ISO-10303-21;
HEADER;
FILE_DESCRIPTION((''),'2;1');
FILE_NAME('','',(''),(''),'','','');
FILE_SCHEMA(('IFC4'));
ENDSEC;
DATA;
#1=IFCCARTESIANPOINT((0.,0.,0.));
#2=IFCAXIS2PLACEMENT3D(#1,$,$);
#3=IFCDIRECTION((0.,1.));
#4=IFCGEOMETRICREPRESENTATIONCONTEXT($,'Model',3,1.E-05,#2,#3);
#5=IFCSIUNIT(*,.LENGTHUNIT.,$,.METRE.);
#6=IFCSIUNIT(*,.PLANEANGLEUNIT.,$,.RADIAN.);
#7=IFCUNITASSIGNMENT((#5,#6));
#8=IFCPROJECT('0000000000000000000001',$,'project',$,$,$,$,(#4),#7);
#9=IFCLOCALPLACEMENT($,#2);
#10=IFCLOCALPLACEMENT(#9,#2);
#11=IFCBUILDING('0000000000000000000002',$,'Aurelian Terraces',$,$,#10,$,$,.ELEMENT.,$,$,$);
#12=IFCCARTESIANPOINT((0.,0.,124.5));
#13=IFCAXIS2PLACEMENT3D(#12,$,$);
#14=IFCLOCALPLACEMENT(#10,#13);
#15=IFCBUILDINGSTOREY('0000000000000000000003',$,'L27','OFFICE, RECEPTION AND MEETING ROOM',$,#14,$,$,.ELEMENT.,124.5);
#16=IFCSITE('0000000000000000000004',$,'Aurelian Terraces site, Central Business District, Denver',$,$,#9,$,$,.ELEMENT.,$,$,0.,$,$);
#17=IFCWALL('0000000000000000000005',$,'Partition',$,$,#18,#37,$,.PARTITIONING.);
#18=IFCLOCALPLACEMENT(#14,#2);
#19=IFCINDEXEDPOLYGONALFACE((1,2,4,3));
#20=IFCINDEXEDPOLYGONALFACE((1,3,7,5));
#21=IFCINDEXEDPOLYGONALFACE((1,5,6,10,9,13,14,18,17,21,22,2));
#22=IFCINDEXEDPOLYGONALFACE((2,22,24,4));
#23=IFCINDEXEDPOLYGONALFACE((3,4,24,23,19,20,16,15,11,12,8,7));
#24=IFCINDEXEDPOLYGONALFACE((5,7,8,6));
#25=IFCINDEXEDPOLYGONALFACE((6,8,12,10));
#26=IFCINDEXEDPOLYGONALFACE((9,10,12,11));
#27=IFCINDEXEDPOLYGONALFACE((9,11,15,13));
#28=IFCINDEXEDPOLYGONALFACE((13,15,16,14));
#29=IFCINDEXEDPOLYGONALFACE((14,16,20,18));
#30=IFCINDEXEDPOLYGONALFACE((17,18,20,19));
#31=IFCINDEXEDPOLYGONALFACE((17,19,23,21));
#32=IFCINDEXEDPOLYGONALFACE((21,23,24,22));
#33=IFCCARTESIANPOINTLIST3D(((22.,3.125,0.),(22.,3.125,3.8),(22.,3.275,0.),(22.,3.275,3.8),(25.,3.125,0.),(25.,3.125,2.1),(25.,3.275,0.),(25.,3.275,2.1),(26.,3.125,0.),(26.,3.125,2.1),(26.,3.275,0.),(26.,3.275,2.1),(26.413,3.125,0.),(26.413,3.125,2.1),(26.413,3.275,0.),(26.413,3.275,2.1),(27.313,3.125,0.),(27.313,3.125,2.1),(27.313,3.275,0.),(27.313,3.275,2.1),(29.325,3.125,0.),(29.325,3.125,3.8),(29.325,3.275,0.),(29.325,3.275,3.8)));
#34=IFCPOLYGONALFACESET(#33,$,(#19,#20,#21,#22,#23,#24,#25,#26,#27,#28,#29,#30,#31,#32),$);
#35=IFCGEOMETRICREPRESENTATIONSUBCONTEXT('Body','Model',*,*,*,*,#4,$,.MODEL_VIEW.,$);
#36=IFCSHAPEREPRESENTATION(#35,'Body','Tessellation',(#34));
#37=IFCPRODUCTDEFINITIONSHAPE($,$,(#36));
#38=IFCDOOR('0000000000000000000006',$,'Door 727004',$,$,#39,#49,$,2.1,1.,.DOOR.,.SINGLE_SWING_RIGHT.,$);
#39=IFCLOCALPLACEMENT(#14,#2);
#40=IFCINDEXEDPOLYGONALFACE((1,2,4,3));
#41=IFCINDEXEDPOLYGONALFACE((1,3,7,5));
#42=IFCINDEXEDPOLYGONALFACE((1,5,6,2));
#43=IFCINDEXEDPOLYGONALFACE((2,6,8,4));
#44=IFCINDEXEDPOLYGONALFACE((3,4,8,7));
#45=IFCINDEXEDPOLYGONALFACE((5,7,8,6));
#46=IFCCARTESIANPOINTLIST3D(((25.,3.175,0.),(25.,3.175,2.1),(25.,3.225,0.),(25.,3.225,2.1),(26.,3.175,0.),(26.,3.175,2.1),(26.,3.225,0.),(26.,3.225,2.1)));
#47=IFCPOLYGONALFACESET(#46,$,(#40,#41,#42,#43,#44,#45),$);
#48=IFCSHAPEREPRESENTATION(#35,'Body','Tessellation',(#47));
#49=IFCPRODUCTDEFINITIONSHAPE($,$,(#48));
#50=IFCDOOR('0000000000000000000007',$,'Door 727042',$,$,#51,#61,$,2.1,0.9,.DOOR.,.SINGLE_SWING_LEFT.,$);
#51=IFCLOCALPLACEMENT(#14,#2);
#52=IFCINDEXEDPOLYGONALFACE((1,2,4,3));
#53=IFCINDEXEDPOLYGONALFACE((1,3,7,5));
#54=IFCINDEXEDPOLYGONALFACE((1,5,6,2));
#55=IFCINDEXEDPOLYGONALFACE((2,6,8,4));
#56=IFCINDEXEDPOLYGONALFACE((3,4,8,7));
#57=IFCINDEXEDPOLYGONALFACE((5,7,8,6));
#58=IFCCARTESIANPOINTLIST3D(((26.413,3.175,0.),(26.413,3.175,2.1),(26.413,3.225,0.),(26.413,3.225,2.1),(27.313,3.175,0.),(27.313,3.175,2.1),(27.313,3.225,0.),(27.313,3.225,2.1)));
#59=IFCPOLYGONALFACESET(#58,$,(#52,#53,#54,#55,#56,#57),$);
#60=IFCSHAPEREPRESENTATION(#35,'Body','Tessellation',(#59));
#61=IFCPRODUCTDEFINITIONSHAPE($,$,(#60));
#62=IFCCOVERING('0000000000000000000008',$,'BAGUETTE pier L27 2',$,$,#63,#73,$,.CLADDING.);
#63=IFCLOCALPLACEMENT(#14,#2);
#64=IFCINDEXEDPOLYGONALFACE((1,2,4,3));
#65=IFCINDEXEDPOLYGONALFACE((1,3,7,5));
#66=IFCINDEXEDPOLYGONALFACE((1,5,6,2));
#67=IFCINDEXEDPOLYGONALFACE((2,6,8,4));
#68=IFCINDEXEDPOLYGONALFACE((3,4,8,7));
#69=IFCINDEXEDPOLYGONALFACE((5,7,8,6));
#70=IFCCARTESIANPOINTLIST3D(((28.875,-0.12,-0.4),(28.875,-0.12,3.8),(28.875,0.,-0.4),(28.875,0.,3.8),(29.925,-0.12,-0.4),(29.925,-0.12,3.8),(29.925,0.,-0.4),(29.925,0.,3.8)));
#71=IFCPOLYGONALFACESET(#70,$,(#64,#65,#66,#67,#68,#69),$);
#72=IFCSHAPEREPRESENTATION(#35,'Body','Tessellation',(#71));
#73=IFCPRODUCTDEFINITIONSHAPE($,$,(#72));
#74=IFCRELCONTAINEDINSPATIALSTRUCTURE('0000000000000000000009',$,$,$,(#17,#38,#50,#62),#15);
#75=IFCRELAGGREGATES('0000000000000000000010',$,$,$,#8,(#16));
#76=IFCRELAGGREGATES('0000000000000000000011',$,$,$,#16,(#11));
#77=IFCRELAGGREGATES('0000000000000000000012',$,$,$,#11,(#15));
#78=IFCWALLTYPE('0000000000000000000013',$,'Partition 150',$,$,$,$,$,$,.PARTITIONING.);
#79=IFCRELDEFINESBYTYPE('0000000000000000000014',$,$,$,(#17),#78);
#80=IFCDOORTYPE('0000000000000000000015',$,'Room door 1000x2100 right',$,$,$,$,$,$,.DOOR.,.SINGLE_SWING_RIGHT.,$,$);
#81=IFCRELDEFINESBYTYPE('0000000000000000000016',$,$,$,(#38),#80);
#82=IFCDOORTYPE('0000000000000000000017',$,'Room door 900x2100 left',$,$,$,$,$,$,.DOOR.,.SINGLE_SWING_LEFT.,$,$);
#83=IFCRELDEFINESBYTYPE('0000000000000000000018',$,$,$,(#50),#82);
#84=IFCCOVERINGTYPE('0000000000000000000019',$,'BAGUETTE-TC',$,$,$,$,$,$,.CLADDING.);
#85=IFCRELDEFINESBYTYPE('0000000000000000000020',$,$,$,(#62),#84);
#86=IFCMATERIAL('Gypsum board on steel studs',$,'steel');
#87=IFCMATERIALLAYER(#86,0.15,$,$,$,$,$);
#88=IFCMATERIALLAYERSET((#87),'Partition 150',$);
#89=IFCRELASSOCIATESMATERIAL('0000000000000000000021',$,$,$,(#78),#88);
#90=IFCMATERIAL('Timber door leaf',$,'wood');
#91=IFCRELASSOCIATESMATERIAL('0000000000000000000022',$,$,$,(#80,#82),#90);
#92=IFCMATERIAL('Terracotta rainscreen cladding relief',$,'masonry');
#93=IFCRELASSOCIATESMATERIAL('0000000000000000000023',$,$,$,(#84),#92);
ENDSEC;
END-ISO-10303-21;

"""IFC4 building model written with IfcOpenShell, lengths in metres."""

from ifc_helpers import new_model, si_unit, direction, frame, frame_2d, origin, origin_2d, place, context, subcontext, project, spatial, rectangle, extrude, source, transform, mapped, material, layer, layer_set, type_object, element, fill, save


model = new_model("IFC4")

# Units and contexts
model_context = context("Model", 3, precision=1e-05, world=origin(), true_north=direction((0.0, 1.0)))
body_context = subcontext(model_context, "Body", "Model", "MODEL_VIEW")
ifc_project = project(units=[si_unit("LENGTHUNIT", "METRE"), si_unit("PLANEANGLEUNIT", "RADIAN")], contexts=[model_context])

# Site, building, storey
site_placement = place(None, origin())
site = spatial("IfcSite", under=ifc_project, at=site_placement, Name="Aurelian Terraces site, Central Business District, Denver", CompositionType="ELEMENT", RefElevation=0.0)
building_placement = place(site_placement, origin())
building = spatial("IfcBuilding", under=site, at=building_placement, Name="Aurelian Terraces", CompositionType="ELEMENT")
storey_placement = place(building_placement, frame((0.0, 0.0, 124.5)))
storey = spatial("IfcBuildingStorey", under=building, at=storey_placement, Name="L27", Description="OFFICE, RECEPTION AND MEETING ROOM", CompositionType="ELEMENT", Elevation=124.5)

# Shared definitions
ifc_material_1 = material(Name="Gypsum board on steel studs", Category="steel")
ifc_layer_1 = layer(ifc_material_1, 0.15)
ifc_layer_set_1 = layer_set([ifc_layer_1], Name="Partition 150")
wall_type_1 = type_object("IfcWallType", Name="Partition 150", PredefinedType="PARTITIONING", material=ifc_layer_set_1)

# Wall, openings, doors
shared_shape_1 = source(origin(), body_context, "Body", "SweptSolid", [
    extrude(rectangle(XDim=7.325, YDim=0.15, at=frame_2d((3.6625, 0.0))), origin(), (0.0, 0.0, 1.0), 3.8),
])
wall_1_placement = place(storey_placement, frame((22.0, 3.2, 0.0), z_axis=(0.0, 0.0, 1.0), x_axis=(1.0, 0.0, 0.0)))
wall_1 = element("IfcWall", 1, at=wall_1_placement, inside=storey, type_object=wall_type_1, Name="Partition", PredefinedType="PARTITIONING", context=body_context, shape_type="MappedRepresentation", body=[
    mapped(shared_shape_1, transform((0.0, 0.0, 0.0), scale=1.0)),
])
shared_shape_2 = source(origin(), body_context, "Body", "SweptSolid", [
    extrude(rectangle(XDim=1.0, YDim=2.1, at=frame_2d((0.5, 1.05))), frame((0.0, 0.085, 0.0), z_axis=(0.0, -1.0, 0.0), x_axis=(1.0, 0.0, 0.0)), (0.0, 0.0, 1.0), 0.17),
])
opening_1_placement = place(wall_1_placement, frame((3.0, 0.0, 0.0)))
opening_1 = element("IfcOpeningElement", 2, at=opening_1_placement, cuts=wall_1, PredefinedType="OPENING", context=body_context, shape_type="MappedRepresentation", body=[
    mapped(shared_shape_2, transform((0.0, 0.0, 0.0), scale=1.0)),
])
shared_shape_3 = source(origin(), body_context, "Body", "SweptSolid", [
    extrude(rectangle(XDim=0.9, YDim=2.1, at=frame_2d((0.45, 1.05))), frame((0.0, 0.085, 0.0), z_axis=(0.0, -1.0, 0.0), x_axis=(1.0, 0.0, 0.0)), (0.0, 0.0, 1.0), 0.17),
])
opening_2_placement = place(wall_1_placement, frame((4.413, 0.0, 0.0)))
opening_2 = element("IfcOpeningElement", 3, at=opening_2_placement, cuts=wall_1, PredefinedType="OPENING", context=body_context, shape_type="MappedRepresentation", body=[
    mapped(shared_shape_3, transform((0.0, 0.0, 0.0), scale=1.0)),
])
ifc_material_2 = material(Name="Timber door leaf", Category="wood")
door_type_1 = type_object("IfcDoorType", Name="Room door 1000x2100 right", OperationType="SINGLE_SWING_RIGHT", PredefinedType="DOOR", material=ifc_material_2)
shared_shape_4 = source(origin(), body_context, "Body", "SweptSolid", [
    extrude(rectangle(XDim=1.0, YDim=2.1, at=frame_2d((0.5, 1.05))), frame((0.0, 0.025, 0.0), z_axis=(0.0, -1.0, 0.0), x_axis=(1.0, 0.0, 0.0)), (0.0, 0.0, 1.0), 0.05),
])
door_1_placement = place(opening_1_placement, origin())
door_1 = element("IfcDoor", 4, at=door_1_placement, inside=storey, type_object=door_type_1, Name="Door 727004", OperationType="SINGLE_SWING_RIGHT", OverallHeight=2.1, OverallWidth=1.0, PredefinedType="DOOR", context=body_context, shape_type="MappedRepresentation", body=[
    mapped(shared_shape_4, transform((0.0, 0.0, 0.0), scale=1.0)),
])
fill(opening_1, door_1)
door_type_2 = type_object("IfcDoorType", Name="Room door 900x2100 left", OperationType="SINGLE_SWING_LEFT", PredefinedType="DOOR", material=ifc_material_2)
shared_shape_5 = source(origin(), body_context, "Body", "SweptSolid", [
    extrude(rectangle(XDim=0.9, YDim=2.1, at=frame_2d((0.45, 1.05))), frame((0.0, 0.025, 0.0), z_axis=(0.0, -1.0, 0.0), x_axis=(1.0, 0.0, 0.0)), (0.0, 0.0, 1.0), 0.05),
])
door_2_placement = place(opening_2_placement, origin())
door_2 = element("IfcDoor", 5, at=door_2_placement, inside=storey, type_object=door_type_2, Name="Door 727042", OperationType="SINGLE_SWING_LEFT", OverallHeight=2.1, OverallWidth=0.9, PredefinedType="DOOR", context=body_context, shape_type="MappedRepresentation", body=[
    mapped(shared_shape_5, transform((0.0, 0.0, 0.0), scale=1.0)),
])
fill(opening_2, door_2)

# Covering
ifc_material_3 = material(Name="Terracotta rainscreen cladding relief", Category="masonry")
covering_type = type_object("IfcCoveringType", Name="BAGUETTE-TC", PredefinedType="CLADDING", material=ifc_material_3)
shared_shape_6 = source(origin(), body_context, "Body", "SweptSolid", [
    extrude(rectangle(XDim=1.05, YDim=0.12, at=origin_2d()), origin(), (0.0, 0.0, 1.0), 4.2),
])
covering_placement = place(storey_placement, frame((29.4, -0.06, -0.4), z_axis=(0.0, 0.0, 1.0), x_axis=(1.0, 0.0, 0.0)))
element("IfcCovering", 6, at=covering_placement, inside=storey, type_object=covering_type, Name="BAGUETTE pier L27 2", PredefinedType="CLADDING", context=body_context, shape_type="MappedRepresentation", body=[
    mapped(shared_shape_6, transform((0.0, 0.0, 0.0), scale=1.0)),
])

save(model, "model.ifc")
